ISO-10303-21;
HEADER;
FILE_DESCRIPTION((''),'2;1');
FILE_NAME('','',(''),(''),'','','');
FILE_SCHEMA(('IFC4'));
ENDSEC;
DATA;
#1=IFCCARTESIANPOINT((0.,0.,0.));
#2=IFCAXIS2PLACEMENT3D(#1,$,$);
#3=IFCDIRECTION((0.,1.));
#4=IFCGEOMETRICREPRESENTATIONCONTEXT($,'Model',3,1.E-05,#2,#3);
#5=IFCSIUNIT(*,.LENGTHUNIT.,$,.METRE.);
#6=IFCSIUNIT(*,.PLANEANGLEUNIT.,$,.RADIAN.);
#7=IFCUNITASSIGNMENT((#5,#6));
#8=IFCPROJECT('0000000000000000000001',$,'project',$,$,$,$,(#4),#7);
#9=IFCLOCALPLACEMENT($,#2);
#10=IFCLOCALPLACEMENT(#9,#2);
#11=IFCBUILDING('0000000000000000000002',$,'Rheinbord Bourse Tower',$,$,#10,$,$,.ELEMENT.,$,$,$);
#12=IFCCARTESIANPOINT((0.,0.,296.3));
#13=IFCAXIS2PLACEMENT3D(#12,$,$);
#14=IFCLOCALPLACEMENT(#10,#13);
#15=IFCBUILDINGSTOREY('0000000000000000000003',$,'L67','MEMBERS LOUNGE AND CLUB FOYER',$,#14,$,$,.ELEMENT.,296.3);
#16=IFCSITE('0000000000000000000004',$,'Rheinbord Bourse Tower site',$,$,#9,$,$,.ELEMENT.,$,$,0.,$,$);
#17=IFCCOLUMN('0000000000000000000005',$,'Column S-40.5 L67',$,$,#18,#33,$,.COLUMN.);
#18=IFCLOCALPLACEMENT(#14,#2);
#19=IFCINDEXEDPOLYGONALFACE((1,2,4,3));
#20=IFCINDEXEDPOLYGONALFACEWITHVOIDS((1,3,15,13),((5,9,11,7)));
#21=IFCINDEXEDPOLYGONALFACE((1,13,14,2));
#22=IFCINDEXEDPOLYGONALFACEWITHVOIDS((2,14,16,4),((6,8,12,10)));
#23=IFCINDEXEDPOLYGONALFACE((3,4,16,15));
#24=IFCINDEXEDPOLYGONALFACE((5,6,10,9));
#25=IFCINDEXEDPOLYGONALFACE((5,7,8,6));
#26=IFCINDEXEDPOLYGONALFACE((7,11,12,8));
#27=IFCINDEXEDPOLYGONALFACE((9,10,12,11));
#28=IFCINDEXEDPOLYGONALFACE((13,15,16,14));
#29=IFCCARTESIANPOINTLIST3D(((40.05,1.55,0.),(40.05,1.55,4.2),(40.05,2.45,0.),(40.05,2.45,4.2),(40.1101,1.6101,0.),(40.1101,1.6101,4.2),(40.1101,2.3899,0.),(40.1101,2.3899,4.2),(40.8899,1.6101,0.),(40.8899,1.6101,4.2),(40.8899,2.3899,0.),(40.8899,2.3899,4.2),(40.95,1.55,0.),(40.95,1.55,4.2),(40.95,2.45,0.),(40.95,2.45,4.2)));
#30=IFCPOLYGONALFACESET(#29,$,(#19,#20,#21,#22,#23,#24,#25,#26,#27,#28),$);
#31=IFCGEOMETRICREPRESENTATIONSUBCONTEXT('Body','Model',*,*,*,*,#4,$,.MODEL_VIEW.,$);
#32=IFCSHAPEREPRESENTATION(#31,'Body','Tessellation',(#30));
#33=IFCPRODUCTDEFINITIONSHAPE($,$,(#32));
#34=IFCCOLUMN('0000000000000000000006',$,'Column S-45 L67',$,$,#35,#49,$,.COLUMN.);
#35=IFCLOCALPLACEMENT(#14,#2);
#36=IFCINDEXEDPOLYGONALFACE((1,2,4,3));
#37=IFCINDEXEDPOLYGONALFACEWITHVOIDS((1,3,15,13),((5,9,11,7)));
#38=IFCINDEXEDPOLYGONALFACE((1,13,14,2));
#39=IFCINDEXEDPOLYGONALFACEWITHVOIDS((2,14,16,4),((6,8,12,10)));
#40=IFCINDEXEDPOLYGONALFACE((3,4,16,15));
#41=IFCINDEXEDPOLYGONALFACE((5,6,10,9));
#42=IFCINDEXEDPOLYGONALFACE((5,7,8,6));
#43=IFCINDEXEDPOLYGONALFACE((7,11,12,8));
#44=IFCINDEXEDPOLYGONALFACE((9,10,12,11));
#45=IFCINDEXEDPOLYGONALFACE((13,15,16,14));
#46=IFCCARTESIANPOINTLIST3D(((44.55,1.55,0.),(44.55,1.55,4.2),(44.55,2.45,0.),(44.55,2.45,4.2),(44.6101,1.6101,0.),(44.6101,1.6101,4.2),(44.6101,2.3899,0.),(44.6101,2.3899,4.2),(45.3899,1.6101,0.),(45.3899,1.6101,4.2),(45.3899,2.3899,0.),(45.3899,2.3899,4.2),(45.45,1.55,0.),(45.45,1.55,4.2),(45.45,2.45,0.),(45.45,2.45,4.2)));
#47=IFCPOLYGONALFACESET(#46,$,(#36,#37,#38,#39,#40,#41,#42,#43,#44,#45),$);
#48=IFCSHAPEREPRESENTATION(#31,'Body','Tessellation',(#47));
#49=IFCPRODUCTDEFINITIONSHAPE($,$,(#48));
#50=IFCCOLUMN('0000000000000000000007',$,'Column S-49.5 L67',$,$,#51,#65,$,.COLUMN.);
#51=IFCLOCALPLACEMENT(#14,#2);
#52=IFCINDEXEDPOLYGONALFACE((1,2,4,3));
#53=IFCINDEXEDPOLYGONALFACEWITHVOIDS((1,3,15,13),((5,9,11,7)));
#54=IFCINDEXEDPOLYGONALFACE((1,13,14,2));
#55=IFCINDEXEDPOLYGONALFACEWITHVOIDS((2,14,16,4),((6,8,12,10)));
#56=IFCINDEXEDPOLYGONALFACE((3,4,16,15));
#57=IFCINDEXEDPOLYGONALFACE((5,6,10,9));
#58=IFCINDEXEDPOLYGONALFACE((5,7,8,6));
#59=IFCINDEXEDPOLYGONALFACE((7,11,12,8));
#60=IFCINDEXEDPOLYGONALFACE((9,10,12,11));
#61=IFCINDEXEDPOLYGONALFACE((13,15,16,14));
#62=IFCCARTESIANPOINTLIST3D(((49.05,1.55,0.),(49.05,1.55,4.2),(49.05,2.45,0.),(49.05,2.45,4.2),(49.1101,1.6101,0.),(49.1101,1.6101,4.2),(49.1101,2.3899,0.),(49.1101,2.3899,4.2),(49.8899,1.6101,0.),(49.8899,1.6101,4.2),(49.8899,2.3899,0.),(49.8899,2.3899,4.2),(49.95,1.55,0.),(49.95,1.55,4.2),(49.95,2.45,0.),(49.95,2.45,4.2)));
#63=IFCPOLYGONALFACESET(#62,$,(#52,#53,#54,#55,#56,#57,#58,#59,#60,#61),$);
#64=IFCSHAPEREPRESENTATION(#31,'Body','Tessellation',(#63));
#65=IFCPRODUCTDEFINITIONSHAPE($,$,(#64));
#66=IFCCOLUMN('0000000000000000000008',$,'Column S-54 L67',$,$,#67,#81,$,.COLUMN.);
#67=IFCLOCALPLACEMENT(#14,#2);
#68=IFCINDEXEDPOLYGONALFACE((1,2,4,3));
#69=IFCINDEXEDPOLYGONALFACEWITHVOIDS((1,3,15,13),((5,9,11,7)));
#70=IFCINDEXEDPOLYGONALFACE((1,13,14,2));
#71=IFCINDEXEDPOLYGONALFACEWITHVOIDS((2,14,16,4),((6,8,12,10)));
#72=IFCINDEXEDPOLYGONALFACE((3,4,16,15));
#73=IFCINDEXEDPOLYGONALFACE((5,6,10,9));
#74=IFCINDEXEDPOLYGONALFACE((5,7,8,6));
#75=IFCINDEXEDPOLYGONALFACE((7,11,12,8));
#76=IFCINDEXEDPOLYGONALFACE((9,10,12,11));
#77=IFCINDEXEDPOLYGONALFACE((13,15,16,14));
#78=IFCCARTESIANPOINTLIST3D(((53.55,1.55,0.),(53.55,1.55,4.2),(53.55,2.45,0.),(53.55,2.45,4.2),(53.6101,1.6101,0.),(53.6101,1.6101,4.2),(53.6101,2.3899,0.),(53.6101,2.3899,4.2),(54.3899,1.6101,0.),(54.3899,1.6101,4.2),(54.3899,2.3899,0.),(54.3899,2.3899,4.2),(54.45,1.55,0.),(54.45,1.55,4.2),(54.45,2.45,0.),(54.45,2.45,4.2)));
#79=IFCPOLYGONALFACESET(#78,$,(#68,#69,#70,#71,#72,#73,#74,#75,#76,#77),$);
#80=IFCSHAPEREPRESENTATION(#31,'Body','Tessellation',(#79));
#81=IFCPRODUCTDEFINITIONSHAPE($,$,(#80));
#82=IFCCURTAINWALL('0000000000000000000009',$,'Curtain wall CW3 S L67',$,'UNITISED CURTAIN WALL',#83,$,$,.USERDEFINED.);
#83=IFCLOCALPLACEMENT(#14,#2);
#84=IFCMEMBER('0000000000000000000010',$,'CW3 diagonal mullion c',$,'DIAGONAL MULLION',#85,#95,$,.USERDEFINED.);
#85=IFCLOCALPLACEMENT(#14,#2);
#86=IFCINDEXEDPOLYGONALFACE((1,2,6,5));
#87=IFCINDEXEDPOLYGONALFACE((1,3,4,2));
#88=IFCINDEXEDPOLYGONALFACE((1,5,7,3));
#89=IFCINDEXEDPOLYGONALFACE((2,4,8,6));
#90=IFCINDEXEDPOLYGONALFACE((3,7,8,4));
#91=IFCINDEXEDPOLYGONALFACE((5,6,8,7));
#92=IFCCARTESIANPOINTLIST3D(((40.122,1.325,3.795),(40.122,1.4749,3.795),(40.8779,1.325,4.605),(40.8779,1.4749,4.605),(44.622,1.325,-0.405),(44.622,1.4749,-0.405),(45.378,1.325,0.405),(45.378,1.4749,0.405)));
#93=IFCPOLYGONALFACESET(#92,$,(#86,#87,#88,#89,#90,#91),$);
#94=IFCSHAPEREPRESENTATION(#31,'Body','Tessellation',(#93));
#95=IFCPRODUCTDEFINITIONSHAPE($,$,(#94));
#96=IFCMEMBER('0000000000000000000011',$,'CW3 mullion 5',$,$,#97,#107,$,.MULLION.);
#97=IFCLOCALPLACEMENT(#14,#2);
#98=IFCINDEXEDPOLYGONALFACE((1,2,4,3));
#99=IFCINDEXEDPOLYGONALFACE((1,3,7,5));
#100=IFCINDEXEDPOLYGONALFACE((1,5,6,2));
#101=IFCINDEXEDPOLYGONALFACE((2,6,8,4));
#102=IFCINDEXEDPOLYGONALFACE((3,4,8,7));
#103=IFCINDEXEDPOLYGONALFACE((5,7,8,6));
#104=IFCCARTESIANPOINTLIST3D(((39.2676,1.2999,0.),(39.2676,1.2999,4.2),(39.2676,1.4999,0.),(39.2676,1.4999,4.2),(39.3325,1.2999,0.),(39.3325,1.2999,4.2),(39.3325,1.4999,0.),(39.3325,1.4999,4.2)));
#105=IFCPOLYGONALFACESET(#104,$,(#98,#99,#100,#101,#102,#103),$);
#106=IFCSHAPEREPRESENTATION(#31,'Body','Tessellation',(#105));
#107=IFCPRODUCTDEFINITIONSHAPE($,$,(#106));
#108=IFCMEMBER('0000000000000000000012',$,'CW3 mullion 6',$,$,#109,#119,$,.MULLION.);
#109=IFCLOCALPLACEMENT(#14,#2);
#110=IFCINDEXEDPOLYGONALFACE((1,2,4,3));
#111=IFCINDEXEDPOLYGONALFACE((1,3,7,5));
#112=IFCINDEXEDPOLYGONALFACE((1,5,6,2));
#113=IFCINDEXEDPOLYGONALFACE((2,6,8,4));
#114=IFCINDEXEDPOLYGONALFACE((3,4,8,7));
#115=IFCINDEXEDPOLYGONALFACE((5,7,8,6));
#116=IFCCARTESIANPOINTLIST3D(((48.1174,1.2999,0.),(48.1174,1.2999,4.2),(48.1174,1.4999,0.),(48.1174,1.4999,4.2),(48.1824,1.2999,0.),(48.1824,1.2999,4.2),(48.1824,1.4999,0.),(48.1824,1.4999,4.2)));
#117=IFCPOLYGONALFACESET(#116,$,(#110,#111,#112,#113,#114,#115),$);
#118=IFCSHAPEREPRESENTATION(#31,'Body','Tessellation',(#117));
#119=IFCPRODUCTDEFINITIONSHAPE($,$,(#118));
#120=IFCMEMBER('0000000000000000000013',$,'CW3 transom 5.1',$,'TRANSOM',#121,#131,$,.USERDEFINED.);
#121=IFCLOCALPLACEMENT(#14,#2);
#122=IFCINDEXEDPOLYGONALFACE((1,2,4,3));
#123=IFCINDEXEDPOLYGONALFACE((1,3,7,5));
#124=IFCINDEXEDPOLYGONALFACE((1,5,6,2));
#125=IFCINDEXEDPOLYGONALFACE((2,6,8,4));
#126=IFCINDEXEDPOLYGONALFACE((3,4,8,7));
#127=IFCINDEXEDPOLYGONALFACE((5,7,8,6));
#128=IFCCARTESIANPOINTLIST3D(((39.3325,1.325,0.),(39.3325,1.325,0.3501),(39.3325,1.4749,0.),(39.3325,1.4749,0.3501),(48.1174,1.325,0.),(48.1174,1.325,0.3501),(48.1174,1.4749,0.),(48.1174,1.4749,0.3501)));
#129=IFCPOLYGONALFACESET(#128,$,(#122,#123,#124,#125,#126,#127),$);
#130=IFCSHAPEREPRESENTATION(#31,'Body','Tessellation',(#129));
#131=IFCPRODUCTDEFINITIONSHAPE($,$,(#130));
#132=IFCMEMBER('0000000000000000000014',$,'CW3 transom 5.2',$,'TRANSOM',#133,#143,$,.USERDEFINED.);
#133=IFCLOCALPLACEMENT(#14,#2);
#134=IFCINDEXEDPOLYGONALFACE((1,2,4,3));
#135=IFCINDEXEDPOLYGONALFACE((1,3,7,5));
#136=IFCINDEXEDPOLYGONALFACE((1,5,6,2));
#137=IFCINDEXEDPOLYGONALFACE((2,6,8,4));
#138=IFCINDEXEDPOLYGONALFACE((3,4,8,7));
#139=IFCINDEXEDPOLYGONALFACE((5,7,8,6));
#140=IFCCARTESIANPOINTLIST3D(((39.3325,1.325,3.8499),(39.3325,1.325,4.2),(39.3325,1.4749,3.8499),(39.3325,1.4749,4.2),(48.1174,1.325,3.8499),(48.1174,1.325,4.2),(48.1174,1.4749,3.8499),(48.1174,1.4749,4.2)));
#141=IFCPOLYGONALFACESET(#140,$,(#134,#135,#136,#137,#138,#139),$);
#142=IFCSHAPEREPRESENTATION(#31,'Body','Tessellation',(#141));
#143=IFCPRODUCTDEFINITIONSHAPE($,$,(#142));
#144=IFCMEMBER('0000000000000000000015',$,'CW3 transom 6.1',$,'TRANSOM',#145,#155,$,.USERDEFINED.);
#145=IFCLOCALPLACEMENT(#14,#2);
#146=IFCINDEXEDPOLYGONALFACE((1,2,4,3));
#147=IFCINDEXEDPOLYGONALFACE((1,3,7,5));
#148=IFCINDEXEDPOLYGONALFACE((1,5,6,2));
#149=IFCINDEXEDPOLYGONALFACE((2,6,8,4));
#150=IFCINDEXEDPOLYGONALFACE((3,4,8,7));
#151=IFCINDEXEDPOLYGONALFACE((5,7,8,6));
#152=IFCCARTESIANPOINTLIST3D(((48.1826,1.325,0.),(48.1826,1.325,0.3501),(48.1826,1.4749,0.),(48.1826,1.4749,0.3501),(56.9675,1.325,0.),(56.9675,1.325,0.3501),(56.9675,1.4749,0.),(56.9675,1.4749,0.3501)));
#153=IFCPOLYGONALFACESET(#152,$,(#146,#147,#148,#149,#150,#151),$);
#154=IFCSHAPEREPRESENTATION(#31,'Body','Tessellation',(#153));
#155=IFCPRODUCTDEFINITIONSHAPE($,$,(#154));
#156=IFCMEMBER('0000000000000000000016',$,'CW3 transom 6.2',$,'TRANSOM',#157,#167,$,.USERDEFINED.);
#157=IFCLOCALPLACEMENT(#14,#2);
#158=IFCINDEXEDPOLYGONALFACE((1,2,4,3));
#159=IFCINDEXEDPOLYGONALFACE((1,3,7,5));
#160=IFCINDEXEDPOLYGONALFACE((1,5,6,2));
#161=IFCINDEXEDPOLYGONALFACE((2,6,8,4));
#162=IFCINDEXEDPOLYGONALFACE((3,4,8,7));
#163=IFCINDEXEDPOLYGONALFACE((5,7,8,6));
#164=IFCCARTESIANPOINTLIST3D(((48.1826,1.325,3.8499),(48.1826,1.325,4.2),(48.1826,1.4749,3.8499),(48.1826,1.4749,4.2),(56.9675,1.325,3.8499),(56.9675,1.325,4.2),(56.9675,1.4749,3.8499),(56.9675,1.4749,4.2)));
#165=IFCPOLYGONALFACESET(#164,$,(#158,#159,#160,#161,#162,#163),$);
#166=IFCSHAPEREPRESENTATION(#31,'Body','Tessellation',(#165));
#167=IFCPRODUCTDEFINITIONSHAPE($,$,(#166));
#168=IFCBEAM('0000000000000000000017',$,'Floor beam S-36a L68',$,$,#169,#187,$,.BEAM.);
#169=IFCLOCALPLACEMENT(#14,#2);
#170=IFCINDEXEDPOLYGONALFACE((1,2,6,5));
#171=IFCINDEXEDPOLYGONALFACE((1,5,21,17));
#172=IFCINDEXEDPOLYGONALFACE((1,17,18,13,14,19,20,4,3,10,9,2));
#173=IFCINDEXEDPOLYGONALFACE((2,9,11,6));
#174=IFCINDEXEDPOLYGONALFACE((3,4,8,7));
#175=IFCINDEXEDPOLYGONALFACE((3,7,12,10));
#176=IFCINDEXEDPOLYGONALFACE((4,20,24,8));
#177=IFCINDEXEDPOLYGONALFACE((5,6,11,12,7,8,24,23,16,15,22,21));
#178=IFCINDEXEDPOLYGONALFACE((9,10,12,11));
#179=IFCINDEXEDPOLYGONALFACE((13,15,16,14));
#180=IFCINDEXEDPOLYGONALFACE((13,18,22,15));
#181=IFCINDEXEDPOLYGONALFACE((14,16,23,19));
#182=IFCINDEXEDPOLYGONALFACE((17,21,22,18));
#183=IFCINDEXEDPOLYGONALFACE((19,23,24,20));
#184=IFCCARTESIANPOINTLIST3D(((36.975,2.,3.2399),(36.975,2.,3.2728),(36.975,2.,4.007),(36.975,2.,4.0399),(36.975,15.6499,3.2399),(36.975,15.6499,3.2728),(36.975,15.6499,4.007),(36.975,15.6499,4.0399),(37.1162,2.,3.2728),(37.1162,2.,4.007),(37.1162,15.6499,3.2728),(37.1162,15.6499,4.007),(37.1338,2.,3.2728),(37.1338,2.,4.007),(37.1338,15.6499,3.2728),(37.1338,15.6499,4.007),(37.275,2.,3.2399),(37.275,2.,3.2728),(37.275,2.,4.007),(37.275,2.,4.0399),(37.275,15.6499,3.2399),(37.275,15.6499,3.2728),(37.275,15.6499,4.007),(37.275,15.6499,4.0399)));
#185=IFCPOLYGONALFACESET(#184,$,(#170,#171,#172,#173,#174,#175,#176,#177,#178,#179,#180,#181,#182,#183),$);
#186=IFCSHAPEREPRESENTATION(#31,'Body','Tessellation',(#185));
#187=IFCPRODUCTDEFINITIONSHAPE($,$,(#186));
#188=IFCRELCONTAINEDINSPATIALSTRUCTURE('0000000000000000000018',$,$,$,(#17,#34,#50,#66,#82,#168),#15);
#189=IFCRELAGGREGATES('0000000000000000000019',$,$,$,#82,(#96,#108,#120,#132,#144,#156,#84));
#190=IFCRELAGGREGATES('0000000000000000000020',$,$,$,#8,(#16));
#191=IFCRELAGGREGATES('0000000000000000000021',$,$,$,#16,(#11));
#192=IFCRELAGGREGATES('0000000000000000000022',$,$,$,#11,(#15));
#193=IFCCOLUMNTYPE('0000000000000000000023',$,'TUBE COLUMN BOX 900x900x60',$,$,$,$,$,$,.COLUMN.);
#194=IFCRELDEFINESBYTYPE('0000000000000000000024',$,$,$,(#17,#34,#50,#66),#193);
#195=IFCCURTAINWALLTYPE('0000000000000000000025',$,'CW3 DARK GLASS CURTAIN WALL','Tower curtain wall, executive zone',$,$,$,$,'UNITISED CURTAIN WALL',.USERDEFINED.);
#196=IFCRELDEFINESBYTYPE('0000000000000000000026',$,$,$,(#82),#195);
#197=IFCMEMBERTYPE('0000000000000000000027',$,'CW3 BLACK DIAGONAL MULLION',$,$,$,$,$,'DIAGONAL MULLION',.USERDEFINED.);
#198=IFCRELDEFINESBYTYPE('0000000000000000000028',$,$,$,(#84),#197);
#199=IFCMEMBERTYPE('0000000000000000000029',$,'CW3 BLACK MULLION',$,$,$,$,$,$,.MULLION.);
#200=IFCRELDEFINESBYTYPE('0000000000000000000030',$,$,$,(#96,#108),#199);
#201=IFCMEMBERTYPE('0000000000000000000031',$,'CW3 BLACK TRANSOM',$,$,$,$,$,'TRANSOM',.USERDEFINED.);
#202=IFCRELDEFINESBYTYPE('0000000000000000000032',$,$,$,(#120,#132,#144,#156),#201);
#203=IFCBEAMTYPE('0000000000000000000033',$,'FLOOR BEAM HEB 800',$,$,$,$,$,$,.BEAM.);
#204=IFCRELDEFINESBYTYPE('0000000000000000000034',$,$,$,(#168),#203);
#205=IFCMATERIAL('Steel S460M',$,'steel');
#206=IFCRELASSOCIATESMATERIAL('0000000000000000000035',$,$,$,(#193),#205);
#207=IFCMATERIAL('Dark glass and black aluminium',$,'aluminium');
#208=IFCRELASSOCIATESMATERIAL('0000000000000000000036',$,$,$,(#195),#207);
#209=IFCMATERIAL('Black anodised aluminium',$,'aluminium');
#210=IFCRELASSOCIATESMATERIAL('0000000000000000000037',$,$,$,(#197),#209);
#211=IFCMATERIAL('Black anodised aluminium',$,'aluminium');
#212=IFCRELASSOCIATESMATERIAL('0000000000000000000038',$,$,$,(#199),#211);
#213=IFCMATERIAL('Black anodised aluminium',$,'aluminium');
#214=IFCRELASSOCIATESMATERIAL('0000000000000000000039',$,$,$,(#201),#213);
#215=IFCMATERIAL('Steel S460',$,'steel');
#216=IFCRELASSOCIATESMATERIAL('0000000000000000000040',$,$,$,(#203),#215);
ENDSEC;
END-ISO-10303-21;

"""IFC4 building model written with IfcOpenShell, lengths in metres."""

from ifc_helpers import new_model, si_unit, direction, frame, origin, origin_2d, place, context, subcontext, project, spatial, rectangle, hollow_rectangle, i_section, extrude, material, material_profile, profile_set, type_object, element, aggregate, save


model = new_model("IFC4")

# Units and contexts
model_context = context("Model", 3, precision=1e-05, world=origin(), true_north=direction((0.0, 1.0)))
body_context = subcontext(model_context, "Body", "Model", "MODEL_VIEW")
ifc_project = project(units=[si_unit("LENGTHUNIT", "METRE"), si_unit("PLANEANGLEUNIT", "RADIAN")], contexts=[model_context])

# Site, building, storey
site_placement = place(None, origin())
site = spatial("IfcSite", under=ifc_project, at=site_placement, Name="Rheinbord Bourse Tower site", CompositionType="ELEMENT", RefElevation=0.0)
building_placement = place(site_placement, origin())
building = spatial("IfcBuilding", under=site, at=building_placement, Name="Rheinbord Bourse Tower", CompositionType="ELEMENT")
storey_placement = place(building_placement, frame((0.0, 0.0, 296.3)))
storey = spatial("IfcBuildingStorey", under=building, at=storey_placement, Name="L67", Description="MEMBERS LOUNGE AND CLUB FOYER", CompositionType="ELEMENT", Elevation=296.3)

# Columns
ifc_material_1 = material(Name="Steel S460M", Category="steel")
ifc_material_profile_1 = material_profile(ifc_material_1, hollow_rectangle(XDim=0.8999, YDim=0.8999, WallThickness=0.0601, at=origin_2d()), Name="BOX 900x900x60")
ifc_profile_set_1 = profile_set([ifc_material_profile_1], Name="Steel S460M")
column_type = type_object("IfcColumnType", Name="TUBE COLUMN BOX 900x900x60", PredefinedType="COLUMN", material=ifc_profile_set_1)
for number, where, z_axis, x_axis, name in (
    (1, (40.5, 2.0, 0.0), (0.0, 0.0, 1.0), (0.0, 1.0, 0.0), "Column S-40.5 L67"),
    (2, (45.0, 2.0, 0.0), (0.0, 0.0, 1.0), (0.0, 1.0, 0.0), "Column S-45 L67"),
    (3, (49.5, 2.0, 0.0), (0.0, 0.0, 1.0), (0.0, 1.0, 0.0), "Column S-49.5 L67"),
    (4, (54.0, 2.0, 0.0), (0.0, 0.0, 1.0), (0.0, 1.0, 0.0), "Column S-54 L67"),
):
    element("IfcColumn", number, at=place(storey_placement, frame(where, z_axis=z_axis, x_axis=x_axis)), inside=storey, type_object=column_type, Name=name, PredefinedType="COLUMN", context=body_context, shape_type="SweptSolid", body=[
        extrude(hollow_rectangle(XDim=0.8999, YDim=0.8999, WallThickness=0.0601, at=origin_2d()), origin(), (0.0, 0.0, 1.0), 4.2),
    ])

# Curtain wall, members
ifc_material_2 = material(Name="Dark glass and black aluminium", Category="aluminium")
curtain_wall_type = type_object("IfcCurtainWallType", Name="CW3 DARK GLASS CURTAIN WALL", Description="Tower curtain wall, executive zone", ElementType="UNITISED CURTAIN WALL", PredefinedType="USERDEFINED", material=ifc_material_2)
curtain_wall_placement = place(storey_placement, origin())
curtain_wall = element("IfcCurtainWall", 5, at=curtain_wall_placement, inside=storey, type_object=curtain_wall_type, Name="Curtain wall CW3 S L67", ObjectType="UNITISED CURTAIN WALL", PredefinedType="USERDEFINED")
ifc_material_3 = material(Name="Black anodised aluminium", Category="aluminium")
ifc_material_profile_2 = material_profile(ifc_material_3, rectangle(XDim=0.1499, YDim=1.1079, at=origin_2d()), Name="CW3 DIAGONAL MULLION 1108x150")
ifc_profile_set_2 = profile_set([ifc_material_profile_2], Name="Black anodised aluminium")
member_type_1 = type_object("IfcMemberType", Name="CW3 BLACK DIAGONAL MULLION", ElementType="DIAGONAL MULLION", PredefinedType="USERDEFINED", material=ifc_profile_set_2)
member_1_placement = place(storey_placement, frame((45.0, 1.3999, 0.0), z_axis=(-0.731059, 0.0, 0.682314), x_axis=(0.0, -1.0, 0.0)))
member_1 = element("IfcMember", 6, at=member_1_placement, type_object=member_type_1, Name="CW3 diagonal mullion c", ObjectType="DIAGONAL MULLION", PredefinedType="USERDEFINED", context=body_context, shape_type="SweptSolid", body=[
    extrude(rectangle(XDim=0.1499, YDim=1.1079, at=origin_2d()), origin(), (0.0, 0.0, 1.0), 6.1555),
])
ifc_material_4 = material(Name="Black anodised aluminium", Category="aluminium")
ifc_material_profile_3 = material_profile(ifc_material_4, rectangle(XDim=0.2, YDim=0.0649, at=origin_2d()), Name="CW3 MULLION 65x200")
ifc_profile_set_3 = profile_set([ifc_material_profile_3], Name="Black anodised aluminium")
member_type_2 = type_object("IfcMemberType", Name="CW3 BLACK MULLION", PredefinedType="MULLION", material=ifc_profile_set_3)
member_2_placement = place(storey_placement, frame((39.3, 1.3999, 0.0), z_axis=(0.0, 0.0, 1.0), x_axis=(0.0, 1.0, 0.0)))
member_2 = element("IfcMember", 7, at=member_2_placement, type_object=member_type_2, Name="CW3 mullion 5", PredefinedType="MULLION", context=body_context, shape_type="SweptSolid", body=[
    extrude(rectangle(XDim=0.2, YDim=0.0649, at=origin_2d()), origin(), (0.0, 0.0, 1.0), 4.2),
])
member_3_placement = place(storey_placement, frame((48.1499, 1.3999, 0.0), z_axis=(0.0, 0.0, 1.0), x_axis=(0.0, 1.0, 0.0)))
member_3 = element("IfcMember", 8, at=member_3_placement, type_object=member_type_2, Name="CW3 mullion 6", PredefinedType="MULLION", context=body_context, shape_type="SweptSolid", body=[
    extrude(rectangle(XDim=0.2, YDim=0.0649, at=origin_2d()), origin(), (0.0, 0.0, 1.0), 4.2),
])
ifc_material_5 = material(Name="Black anodised aluminium", Category="aluminium")
ifc_material_profile_4 = material_profile(ifc_material_5, rectangle(XDim=0.1499, YDim=0.3501, at=origin_2d()), Name="CW3 TRANSOM 350x150")
ifc_profile_set_4 = profile_set([ifc_material_profile_4], Name="Black anodised aluminium")
member_type_3 = type_object("IfcMemberType", Name="CW3 BLACK TRANSOM", ElementType="TRANSOM", PredefinedType="USERDEFINED", material=ifc_profile_set_4)
member_4_placement = place(storey_placement, frame((39.3325, 1.3999, 0.175), z_axis=(1.0, 0.0, 0.0), x_axis=(0.0, 1.0, 0.0)))
member_4 = element("IfcMember", 9, at=member_4_placement, type_object=member_type_3, Name="CW3 transom 5.1", ObjectType="TRANSOM", PredefinedType="USERDEFINED", context=body_context, shape_type="SweptSolid", body=[
    extrude(rectangle(XDim=0.1499, YDim=0.3501, at=origin_2d()), origin(), (0.0, 0.0, 1.0), 8.7849),
])
member_5_placement = place(storey_placement, frame((39.3325, 1.3999, 4.0249), z_axis=(1.0, 0.0, 0.0), x_axis=(0.0, 1.0, 0.0)))
member_5 = element("IfcMember", 10, at=member_5_placement, type_object=member_type_3, Name="CW3 transom 5.2", ObjectType="TRANSOM", PredefinedType="USERDEFINED", context=body_context, shape_type="SweptSolid", body=[
    extrude(rectangle(XDim=0.1499, YDim=0.3501, at=origin_2d()), origin(), (0.0, 0.0, 1.0), 8.7849),
])
member_6_placement = place(storey_placement, frame((48.1826, 1.3999, 0.175), z_axis=(1.0, 0.0, 0.0), x_axis=(0.0, 1.0, 0.0)))
member_6 = element("IfcMember", 11, at=member_6_placement, type_object=member_type_3, Name="CW3 transom 6.1", ObjectType="TRANSOM", PredefinedType="USERDEFINED", context=body_context, shape_type="SweptSolid", body=[
    extrude(rectangle(XDim=0.1499, YDim=0.3501, at=origin_2d()), origin(), (0.0, 0.0, 1.0), 8.7849),
])
member_7_placement = place(storey_placement, frame((48.1826, 1.3999, 4.0249), z_axis=(1.0, 0.0, 0.0), x_axis=(0.0, 1.0, 0.0)))
member_7 = element("IfcMember", 12, at=member_7_placement, type_object=member_type_3, Name="CW3 transom 6.2", ObjectType="TRANSOM", PredefinedType="USERDEFINED", context=body_context, shape_type="SweptSolid", body=[
    extrude(rectangle(XDim=0.1499, YDim=0.3501, at=origin_2d()), origin(), (0.0, 0.0, 1.0), 8.7849),
])

# Beam
ifc_material_6 = material(Name="Steel S460", Category="steel")
ifc_material_profile_5 = material_profile(ifc_material_6, i_section(OverallWidth=0.3, OverallDepth=0.8, WebThickness=0.0176, FlangeThickness=0.033, at=origin_2d()), Name="HEB 800")
ifc_profile_set_5 = profile_set([ifc_material_profile_5], Name="Steel S460")
beam_type_1 = type_object("IfcBeamType", Name="FLOOR BEAM HEB 800", PredefinedType="BEAM", material=ifc_profile_set_5)
for number, where, z_axis, x_axis, name in (
    (13, (37.125, 2.0, 3.6399), (0.0, 1.0, 0.0), (-1.0, 0.0, 0.0), "Floor beam S-36a L68"),
):
    element("IfcBeam", number, at=place(storey_placement, frame(where, z_axis=z_axis, x_axis=x_axis)), inside=storey, type_object=beam_type_1, Name=name, PredefinedType="BEAM", context=body_context, shape_type="SweptSolid", body=[
        extrude(i_section(OverallWidth=0.3, OverallDepth=0.8, WebThickness=0.0176, FlangeThickness=0.033, at=origin_2d()), origin(), (0.0, 0.0, 1.0), 13.6499),
    ])

aggregate(curtain_wall, [member_2, member_3, member_4, member_5, member_6, member_7, member_1])

save(model, "model.ifc")
